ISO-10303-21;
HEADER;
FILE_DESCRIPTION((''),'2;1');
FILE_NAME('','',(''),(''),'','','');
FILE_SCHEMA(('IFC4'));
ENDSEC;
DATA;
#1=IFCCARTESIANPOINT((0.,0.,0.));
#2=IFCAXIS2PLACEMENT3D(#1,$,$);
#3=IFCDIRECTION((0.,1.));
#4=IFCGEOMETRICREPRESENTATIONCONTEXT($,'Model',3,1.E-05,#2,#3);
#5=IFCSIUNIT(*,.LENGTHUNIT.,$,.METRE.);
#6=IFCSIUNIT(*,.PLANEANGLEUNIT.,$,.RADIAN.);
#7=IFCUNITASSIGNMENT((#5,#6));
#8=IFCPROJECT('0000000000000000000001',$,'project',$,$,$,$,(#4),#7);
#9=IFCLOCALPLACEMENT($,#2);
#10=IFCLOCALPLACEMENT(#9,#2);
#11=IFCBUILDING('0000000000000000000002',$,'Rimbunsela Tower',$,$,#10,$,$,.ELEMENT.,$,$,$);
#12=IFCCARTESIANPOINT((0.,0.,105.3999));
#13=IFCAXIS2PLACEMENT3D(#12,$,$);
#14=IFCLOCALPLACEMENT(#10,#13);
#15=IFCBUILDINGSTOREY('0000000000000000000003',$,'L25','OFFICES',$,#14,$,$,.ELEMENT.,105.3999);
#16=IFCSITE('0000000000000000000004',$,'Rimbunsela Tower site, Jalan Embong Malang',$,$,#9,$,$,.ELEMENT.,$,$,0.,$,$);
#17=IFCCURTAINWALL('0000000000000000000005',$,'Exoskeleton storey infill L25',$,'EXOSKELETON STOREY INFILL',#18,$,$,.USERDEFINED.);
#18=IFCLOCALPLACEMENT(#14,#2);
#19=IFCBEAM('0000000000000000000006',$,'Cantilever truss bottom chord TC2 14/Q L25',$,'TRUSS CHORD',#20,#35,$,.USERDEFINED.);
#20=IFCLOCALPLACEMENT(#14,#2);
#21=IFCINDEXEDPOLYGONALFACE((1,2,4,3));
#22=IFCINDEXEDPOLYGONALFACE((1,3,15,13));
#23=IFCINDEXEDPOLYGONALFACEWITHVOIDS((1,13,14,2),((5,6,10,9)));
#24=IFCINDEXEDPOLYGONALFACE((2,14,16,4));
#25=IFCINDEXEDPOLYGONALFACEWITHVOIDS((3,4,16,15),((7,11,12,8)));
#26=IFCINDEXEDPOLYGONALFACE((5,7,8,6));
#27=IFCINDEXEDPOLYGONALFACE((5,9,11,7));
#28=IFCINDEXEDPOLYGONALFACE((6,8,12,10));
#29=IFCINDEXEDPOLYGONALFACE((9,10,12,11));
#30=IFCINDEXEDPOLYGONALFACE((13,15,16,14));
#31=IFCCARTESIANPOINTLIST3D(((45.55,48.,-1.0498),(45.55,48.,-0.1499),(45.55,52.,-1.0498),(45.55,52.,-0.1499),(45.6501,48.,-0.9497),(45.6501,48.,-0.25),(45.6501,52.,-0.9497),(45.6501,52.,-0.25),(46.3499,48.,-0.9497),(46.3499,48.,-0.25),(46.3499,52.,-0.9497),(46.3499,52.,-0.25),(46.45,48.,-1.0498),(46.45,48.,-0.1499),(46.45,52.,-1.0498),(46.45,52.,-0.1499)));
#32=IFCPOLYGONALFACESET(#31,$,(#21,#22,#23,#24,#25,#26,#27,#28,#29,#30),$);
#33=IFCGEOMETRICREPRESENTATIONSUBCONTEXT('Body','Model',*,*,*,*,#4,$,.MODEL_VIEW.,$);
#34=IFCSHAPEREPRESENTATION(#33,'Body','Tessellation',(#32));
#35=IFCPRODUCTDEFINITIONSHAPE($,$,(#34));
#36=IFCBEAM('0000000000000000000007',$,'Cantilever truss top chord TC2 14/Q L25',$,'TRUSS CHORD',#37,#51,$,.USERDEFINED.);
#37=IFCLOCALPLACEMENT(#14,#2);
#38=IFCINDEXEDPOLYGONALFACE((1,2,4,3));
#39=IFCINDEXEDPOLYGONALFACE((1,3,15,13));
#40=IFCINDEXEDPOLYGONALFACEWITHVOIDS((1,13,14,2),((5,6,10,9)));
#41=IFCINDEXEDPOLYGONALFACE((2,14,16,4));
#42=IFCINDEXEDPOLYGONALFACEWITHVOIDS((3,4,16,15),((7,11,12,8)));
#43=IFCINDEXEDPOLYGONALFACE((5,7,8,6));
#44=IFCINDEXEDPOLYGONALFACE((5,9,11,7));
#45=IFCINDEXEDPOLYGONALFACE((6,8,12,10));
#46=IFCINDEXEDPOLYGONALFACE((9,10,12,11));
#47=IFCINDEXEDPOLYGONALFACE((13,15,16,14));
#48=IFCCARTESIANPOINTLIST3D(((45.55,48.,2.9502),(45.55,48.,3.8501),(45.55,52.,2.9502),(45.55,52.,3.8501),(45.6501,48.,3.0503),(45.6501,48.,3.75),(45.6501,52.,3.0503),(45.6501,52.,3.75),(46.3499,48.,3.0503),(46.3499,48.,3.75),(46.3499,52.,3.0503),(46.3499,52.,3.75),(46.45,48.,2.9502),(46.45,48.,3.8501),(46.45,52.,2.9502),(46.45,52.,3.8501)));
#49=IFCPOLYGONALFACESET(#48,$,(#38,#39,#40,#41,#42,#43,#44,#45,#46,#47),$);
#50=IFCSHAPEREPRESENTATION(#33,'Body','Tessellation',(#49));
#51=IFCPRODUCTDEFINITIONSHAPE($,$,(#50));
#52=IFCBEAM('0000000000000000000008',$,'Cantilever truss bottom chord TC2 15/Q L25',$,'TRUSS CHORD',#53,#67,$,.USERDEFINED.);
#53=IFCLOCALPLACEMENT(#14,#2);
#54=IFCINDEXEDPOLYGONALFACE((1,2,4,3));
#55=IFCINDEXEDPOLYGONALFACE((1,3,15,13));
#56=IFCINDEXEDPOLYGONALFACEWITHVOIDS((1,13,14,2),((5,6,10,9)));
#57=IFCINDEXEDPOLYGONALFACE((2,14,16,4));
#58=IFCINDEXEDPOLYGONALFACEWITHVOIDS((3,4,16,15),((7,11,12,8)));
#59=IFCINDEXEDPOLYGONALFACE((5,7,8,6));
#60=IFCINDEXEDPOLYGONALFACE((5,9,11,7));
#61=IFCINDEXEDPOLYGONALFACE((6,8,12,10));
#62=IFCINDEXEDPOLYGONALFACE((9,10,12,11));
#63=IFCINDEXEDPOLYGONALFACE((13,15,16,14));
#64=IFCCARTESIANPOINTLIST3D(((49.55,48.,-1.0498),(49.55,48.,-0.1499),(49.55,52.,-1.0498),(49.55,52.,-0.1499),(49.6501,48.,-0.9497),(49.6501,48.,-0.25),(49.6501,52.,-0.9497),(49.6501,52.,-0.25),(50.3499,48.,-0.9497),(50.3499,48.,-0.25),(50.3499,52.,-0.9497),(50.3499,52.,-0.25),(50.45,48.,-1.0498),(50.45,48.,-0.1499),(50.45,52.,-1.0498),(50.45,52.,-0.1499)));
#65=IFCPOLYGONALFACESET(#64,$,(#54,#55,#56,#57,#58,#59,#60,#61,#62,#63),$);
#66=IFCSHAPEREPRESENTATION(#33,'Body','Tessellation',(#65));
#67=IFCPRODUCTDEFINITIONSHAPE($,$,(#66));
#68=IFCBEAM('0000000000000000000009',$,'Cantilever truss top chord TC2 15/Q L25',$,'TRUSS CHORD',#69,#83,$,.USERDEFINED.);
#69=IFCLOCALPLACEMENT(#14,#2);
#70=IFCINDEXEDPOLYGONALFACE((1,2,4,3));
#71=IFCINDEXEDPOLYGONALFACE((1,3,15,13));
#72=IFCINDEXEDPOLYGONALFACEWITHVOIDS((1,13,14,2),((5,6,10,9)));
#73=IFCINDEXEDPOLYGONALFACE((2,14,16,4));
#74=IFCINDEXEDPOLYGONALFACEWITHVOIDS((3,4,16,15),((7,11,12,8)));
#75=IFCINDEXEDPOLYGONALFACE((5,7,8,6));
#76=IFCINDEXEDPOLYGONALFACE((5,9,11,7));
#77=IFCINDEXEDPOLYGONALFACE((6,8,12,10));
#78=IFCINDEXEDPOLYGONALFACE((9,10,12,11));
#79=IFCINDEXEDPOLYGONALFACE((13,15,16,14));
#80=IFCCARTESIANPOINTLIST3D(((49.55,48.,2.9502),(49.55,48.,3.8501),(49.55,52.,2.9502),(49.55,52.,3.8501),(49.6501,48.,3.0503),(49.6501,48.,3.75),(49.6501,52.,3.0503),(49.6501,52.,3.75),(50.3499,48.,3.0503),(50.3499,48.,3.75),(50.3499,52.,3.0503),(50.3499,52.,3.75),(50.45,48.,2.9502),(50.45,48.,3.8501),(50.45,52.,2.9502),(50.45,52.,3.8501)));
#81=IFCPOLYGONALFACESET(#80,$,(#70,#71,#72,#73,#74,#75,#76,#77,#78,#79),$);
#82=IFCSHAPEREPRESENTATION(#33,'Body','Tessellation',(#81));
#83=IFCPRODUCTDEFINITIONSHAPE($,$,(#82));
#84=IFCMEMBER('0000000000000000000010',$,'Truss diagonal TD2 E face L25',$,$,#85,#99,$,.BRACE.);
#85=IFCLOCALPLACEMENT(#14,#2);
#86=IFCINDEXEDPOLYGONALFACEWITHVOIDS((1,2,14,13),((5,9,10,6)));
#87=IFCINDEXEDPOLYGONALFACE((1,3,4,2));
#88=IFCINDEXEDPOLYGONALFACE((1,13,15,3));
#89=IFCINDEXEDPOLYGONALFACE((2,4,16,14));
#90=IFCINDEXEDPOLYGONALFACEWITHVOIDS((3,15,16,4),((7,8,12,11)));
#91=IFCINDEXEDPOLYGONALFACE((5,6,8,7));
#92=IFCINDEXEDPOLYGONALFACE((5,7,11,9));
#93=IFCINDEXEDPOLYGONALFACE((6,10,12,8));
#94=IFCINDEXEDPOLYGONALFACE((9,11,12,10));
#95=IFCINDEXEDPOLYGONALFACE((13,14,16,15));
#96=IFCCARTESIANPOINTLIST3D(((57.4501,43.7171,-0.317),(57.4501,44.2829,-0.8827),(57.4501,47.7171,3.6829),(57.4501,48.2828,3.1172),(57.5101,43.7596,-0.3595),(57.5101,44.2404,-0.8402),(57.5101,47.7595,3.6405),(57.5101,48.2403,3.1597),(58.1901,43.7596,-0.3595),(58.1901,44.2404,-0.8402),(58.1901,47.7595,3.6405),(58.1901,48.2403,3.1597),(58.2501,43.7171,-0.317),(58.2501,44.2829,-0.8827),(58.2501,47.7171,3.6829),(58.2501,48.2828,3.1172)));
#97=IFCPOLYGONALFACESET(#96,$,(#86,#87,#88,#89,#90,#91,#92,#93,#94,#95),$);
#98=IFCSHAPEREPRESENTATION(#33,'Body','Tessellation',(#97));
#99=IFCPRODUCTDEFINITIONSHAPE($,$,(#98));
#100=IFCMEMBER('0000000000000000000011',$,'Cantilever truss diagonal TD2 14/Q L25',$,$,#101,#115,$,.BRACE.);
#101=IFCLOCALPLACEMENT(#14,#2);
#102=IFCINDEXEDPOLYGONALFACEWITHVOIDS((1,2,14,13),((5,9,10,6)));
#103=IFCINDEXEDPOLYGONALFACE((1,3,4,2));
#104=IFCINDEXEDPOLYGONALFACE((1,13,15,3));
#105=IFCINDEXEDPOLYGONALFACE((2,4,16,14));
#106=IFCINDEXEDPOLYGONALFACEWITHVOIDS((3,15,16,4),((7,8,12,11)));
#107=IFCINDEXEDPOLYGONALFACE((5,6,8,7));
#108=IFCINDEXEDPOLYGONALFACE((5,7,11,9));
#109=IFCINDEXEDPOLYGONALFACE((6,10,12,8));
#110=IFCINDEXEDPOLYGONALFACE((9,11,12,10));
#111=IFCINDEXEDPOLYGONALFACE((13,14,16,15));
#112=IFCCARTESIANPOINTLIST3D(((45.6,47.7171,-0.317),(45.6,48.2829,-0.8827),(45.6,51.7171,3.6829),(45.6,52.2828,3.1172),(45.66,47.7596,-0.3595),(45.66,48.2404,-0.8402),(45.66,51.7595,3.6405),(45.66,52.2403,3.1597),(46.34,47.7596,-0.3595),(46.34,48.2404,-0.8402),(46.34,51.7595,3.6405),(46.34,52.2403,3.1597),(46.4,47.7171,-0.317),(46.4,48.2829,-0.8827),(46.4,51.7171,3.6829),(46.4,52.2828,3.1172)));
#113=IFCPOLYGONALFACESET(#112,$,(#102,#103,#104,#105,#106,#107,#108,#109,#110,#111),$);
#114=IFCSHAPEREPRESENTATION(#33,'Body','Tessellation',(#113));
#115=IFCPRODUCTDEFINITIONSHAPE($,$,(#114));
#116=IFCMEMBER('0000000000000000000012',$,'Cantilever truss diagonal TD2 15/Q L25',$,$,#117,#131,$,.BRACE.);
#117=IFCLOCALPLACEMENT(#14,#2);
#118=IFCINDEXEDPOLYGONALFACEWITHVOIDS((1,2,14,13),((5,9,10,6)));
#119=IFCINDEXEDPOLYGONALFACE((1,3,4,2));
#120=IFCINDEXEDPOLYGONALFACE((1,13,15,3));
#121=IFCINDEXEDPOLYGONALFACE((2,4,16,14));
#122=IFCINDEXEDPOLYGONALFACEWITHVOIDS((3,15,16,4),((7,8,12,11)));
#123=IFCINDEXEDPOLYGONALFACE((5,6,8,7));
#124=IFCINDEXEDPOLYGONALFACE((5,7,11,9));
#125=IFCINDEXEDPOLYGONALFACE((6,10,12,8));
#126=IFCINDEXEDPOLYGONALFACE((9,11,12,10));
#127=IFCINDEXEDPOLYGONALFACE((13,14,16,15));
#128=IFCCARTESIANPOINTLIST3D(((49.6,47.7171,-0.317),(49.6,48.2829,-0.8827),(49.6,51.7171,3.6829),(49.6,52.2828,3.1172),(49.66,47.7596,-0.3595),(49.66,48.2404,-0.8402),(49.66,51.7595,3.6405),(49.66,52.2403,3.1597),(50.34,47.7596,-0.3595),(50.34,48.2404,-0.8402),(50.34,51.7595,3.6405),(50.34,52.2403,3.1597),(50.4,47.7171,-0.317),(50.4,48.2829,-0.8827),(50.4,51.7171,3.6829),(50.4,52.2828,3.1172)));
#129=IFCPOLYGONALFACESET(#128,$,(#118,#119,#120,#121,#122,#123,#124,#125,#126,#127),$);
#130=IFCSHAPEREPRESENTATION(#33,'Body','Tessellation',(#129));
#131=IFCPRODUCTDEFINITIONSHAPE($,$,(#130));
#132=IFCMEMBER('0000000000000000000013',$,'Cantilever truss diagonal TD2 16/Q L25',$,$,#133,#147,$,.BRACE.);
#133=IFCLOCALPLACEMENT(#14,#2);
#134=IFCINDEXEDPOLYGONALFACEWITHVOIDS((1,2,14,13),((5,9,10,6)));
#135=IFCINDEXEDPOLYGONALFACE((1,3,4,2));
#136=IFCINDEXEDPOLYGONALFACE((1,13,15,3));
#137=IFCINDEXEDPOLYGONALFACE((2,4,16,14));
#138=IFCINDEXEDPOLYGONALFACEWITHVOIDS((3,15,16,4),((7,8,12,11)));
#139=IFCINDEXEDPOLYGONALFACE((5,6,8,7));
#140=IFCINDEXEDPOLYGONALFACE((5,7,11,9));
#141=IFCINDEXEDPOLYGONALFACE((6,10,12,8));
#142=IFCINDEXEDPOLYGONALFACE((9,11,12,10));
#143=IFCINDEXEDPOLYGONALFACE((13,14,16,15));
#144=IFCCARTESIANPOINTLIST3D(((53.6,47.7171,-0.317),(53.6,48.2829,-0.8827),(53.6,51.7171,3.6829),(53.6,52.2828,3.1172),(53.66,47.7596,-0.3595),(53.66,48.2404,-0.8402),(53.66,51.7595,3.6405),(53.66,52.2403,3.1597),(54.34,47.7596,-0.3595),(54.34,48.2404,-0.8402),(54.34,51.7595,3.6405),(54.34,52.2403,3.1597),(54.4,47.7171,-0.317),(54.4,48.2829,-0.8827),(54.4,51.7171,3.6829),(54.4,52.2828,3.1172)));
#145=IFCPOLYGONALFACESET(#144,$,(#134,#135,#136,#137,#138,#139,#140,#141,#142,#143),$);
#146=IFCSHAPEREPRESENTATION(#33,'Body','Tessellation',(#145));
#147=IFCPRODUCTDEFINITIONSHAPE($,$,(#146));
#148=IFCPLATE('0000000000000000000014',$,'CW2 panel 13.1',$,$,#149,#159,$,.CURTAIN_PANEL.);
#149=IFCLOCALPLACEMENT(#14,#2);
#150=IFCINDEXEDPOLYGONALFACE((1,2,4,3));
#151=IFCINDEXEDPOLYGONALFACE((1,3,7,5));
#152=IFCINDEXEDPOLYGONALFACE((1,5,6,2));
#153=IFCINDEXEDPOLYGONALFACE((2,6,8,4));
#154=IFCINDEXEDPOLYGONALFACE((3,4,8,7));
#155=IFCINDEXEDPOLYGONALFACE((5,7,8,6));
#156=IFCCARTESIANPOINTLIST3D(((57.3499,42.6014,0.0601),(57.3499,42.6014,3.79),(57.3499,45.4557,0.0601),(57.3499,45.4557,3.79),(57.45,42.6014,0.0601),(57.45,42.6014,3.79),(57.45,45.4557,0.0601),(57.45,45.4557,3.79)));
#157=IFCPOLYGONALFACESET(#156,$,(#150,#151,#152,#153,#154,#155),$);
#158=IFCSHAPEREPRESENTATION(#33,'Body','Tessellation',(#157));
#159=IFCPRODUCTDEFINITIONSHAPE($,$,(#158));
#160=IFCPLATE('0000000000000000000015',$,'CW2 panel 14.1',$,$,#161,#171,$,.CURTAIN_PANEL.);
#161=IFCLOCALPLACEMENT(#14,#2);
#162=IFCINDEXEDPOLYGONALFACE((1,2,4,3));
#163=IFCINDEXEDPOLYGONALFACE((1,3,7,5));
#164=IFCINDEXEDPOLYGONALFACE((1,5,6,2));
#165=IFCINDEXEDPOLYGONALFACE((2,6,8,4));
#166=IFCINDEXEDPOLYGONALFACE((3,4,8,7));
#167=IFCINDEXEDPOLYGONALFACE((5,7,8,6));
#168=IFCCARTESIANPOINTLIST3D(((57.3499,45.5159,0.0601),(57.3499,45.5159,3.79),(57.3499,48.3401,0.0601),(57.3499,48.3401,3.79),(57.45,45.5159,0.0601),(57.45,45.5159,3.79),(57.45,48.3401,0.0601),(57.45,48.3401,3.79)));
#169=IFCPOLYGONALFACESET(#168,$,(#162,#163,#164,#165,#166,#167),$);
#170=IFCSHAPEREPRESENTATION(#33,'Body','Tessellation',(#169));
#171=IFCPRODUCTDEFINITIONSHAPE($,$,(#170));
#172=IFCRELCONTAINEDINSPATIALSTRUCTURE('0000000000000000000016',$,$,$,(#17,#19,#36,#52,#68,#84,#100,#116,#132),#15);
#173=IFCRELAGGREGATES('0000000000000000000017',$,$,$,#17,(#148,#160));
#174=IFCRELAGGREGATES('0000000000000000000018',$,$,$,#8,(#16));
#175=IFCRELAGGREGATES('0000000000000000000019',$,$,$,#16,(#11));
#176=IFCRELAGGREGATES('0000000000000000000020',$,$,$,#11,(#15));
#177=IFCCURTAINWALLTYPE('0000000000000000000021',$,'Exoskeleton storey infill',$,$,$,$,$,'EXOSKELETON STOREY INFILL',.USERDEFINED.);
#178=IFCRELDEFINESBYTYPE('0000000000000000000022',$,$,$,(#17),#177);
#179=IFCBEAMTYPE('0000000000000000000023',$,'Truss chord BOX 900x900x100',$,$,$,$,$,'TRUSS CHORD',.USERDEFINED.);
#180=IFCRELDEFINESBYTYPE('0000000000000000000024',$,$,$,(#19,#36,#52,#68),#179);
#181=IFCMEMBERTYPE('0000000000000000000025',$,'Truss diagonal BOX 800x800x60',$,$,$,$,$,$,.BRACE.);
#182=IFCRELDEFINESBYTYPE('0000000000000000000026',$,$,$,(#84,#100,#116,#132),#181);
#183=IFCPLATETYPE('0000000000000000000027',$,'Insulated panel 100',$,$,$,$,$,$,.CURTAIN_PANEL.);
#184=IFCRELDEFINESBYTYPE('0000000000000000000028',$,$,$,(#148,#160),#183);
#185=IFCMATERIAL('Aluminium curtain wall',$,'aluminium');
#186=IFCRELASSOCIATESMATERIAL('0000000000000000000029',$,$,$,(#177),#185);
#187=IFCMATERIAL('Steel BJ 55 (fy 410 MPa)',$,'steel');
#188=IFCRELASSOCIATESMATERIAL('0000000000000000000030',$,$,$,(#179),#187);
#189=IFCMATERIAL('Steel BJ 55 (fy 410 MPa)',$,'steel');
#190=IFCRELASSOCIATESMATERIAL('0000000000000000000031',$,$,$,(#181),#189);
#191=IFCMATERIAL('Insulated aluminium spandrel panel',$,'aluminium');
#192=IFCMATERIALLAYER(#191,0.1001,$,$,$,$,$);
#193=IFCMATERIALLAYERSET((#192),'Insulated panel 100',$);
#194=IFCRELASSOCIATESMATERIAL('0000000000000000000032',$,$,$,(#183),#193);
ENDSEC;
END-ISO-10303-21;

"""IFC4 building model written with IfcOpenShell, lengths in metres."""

from ifc_helpers import new_model, si_unit, direction, frame, origin, origin_2d, place, context, subcontext, project, spatial, rectangle, hollow_rectangle, extrude, material, layer, layer_set, material_profile, profile_set, type_object, element, aggregate, save


model = new_model("IFC4")

# Units and contexts
model_context = context("Model", 3, precision=1e-05, world=origin(), true_north=direction((0.0, 1.0)))
body_context = subcontext(model_context, "Body", "Model", "MODEL_VIEW")
ifc_project = project(units=[si_unit("LENGTHUNIT", "METRE"), si_unit("PLANEANGLEUNIT", "RADIAN")], contexts=[model_context])

# Site, building, storey
site_placement = place(None, origin())
site = spatial("IfcSite", under=ifc_project, at=site_placement, Name="Rimbunsela Tower site, Jalan Embong Malang", CompositionType="ELEMENT", RefElevation=0.0)
building_placement = place(site_placement, origin())
building = spatial("IfcBuilding", under=site, at=building_placement, Name="Rimbunsela Tower", CompositionType="ELEMENT")
storey_placement = place(building_placement, frame((0.0, 0.0, 105.3999)))
storey = spatial("IfcBuildingStorey", under=building, at=storey_placement, Name="L25", Description="OFFICES", CompositionType="ELEMENT", Elevation=105.3999)

# Curtain wall
ifc_material_1 = material(Name="Aluminium curtain wall", Category="aluminium")
curtain_wall_type = type_object("IfcCurtainWallType", Name="Exoskeleton storey infill", ElementType="EXOSKELETON STOREY INFILL", PredefinedType="USERDEFINED", material=ifc_material_1)
curtain_wall_placement = place(storey_placement, origin())
curtain_wall = element("IfcCurtainWall", 1, at=curtain_wall_placement, inside=storey, type_object=curtain_wall_type, Name="Exoskeleton storey infill L25", ObjectType="EXOSKELETON STOREY INFILL", PredefinedType="USERDEFINED")

# Beams
ifc_material_2 = material(Name="Steel BJ 55 (fy 410 MPa)", Category="steel")
ifc_material_profile_1 = material_profile(ifc_material_2, hollow_rectangle(XDim=0.8999, YDim=0.8999, WallThickness=0.1001, at=origin_2d()), Name="BOX 900x900x100")
ifc_profile_set_1 = profile_set([ifc_material_profile_1], Name="Steel BJ 55 (fy 410 MPa)")
beam_type_1 = type_object("IfcBeamType", Name="Truss chord BOX 900x900x100", ElementType="TRUSS CHORD", PredefinedType="USERDEFINED", material=ifc_profile_set_1)
for number, where, z_axis, x_axis, name in (
    (2, (46.0, 48.0, -0.5999), (0.0, 1.0, 0.0), (-1.0, 0.0, 0.0), "Cantilever truss bottom chord TC2 14/Q L25"),
    (3, (46.0, 48.0, 3.4001), (0.0, 1.0, 0.0), (-1.0, 0.0, 0.0), "Cantilever truss top chord TC2 14/Q L25"),
    (4, (50.0, 48.0, -0.5999), (0.0, 1.0, 0.0), (-1.0, 0.0, 0.0), "Cantilever truss bottom chord TC2 15/Q L25"),
    (5, (50.0, 48.0, 3.4001), (0.0, 1.0, 0.0), (-1.0, 0.0, 0.0), "Cantilever truss top chord TC2 15/Q L25"),
):
    element("IfcBeam", number, at=place(storey_placement, frame(where, z_axis=z_axis, x_axis=x_axis)), inside=storey, type_object=beam_type_1, Name=name, ObjectType="TRUSS CHORD", PredefinedType="USERDEFINED", context=body_context, shape_type="SweptSolid", body=[
        extrude(hollow_rectangle(XDim=0.8999, YDim=0.8999, WallThickness=0.1001, at=origin_2d()), origin(), (0.0, 0.0, 1.0), 4.0),
    ])

# Members
ifc_material_3 = material(Name="Steel BJ 55 (fy 410 MPa)", Category="steel")
ifc_material_profile_2 = material_profile(ifc_material_3, hollow_rectangle(XDim=0.8, YDim=0.8, WallThickness=0.0601, at=origin_2d()), Name="BOX 800x800x60")
ifc_profile_set_2 = profile_set([ifc_material_profile_2], Name="Steel BJ 55 (fy 410 MPa)")
member_type_1 = type_object("IfcMemberType", Name="Truss diagonal BOX 800x800x60", PredefinedType="BRACE", material=ifc_profile_set_2)
for number, where, z_axis, x_axis, name in (
    (6, (57.8501, 44.0, -0.5999), (0.0, 0.707107, 0.707107), (-1.0, 0.0, 0.0), "Truss diagonal TD2 E face L25"),
    (7, (46.0, 48.0, -0.5999), (0.0, 0.707107, 0.707107), (-1.0, 0.0, 0.0), "Cantilever truss diagonal TD2 14/Q L25"),
    (8, (50.0, 48.0, -0.5999), (0.0, 0.707107, 0.707107), (-1.0, 0.0, 0.0), "Cantilever truss diagonal TD2 15/Q L25"),
    (9, (54.0, 48.0, -0.5999), (0.0, 0.707107, 0.707107), (-1.0, 0.0, 0.0), "Cantilever truss diagonal TD2 16/Q L25"),
):
    element("IfcMember", number, at=place(storey_placement, frame(where, z_axis=z_axis, x_axis=x_axis)), inside=storey, type_object=member_type_1, Name=name, PredefinedType="BRACE", context=body_context, shape_type="SweptSolid", body=[
        extrude(hollow_rectangle(XDim=0.8, YDim=0.8, WallThickness=0.0601, at=origin_2d()), origin(), (0.0, 0.0, 1.0), 5.6567),
    ])

# Plates
ifc_material_4 = material(Name="Insulated aluminium spandrel panel", Category="aluminium")
ifc_layer = layer(ifc_material_4, 0.1001)
ifc_layer_set = layer_set([ifc_layer], Name="Insulated panel 100")
plate_type = type_object("IfcPlateType", Name="Insulated panel 100", PredefinedType="CURTAIN_PANEL", material=ifc_layer_set)
plate_1_placement = place(storey_placement, frame((57.3999, 44.0286, 0.0601), z_axis=(0.0, 0.0, 1.0), x_axis=(0.0, 1.0, 0.0)))
plate_1 = element("IfcPlate", 10, at=plate_1_placement, type_object=plate_type, Name="CW2 panel 13.1", PredefinedType="CURTAIN_PANEL", context=body_context, shape_type="SweptSolid", body=[
    extrude(rectangle(XDim=2.8542, YDim=0.1001, at=origin_2d()), origin(), (0.0, 0.0, 1.0), 3.73),
])
plate_2_placement = place(storey_placement, frame((57.3999, 46.928, 0.0601), z_axis=(0.0, 0.0, 1.0), x_axis=(0.0, 1.0, 0.0)))
plate_2 = element("IfcPlate", 11, at=plate_2_placement, type_object=plate_type, Name="CW2 panel 14.1", PredefinedType="CURTAIN_PANEL", context=body_context, shape_type="SweptSolid", body=[
    extrude(rectangle(XDim=2.8242, YDim=0.1001, at=origin_2d()), origin(), (0.0, 0.0, 1.0), 3.73),
])
aggregate(curtain_wall, [plate_1, plate_2])

save(model, "model.ifc")
